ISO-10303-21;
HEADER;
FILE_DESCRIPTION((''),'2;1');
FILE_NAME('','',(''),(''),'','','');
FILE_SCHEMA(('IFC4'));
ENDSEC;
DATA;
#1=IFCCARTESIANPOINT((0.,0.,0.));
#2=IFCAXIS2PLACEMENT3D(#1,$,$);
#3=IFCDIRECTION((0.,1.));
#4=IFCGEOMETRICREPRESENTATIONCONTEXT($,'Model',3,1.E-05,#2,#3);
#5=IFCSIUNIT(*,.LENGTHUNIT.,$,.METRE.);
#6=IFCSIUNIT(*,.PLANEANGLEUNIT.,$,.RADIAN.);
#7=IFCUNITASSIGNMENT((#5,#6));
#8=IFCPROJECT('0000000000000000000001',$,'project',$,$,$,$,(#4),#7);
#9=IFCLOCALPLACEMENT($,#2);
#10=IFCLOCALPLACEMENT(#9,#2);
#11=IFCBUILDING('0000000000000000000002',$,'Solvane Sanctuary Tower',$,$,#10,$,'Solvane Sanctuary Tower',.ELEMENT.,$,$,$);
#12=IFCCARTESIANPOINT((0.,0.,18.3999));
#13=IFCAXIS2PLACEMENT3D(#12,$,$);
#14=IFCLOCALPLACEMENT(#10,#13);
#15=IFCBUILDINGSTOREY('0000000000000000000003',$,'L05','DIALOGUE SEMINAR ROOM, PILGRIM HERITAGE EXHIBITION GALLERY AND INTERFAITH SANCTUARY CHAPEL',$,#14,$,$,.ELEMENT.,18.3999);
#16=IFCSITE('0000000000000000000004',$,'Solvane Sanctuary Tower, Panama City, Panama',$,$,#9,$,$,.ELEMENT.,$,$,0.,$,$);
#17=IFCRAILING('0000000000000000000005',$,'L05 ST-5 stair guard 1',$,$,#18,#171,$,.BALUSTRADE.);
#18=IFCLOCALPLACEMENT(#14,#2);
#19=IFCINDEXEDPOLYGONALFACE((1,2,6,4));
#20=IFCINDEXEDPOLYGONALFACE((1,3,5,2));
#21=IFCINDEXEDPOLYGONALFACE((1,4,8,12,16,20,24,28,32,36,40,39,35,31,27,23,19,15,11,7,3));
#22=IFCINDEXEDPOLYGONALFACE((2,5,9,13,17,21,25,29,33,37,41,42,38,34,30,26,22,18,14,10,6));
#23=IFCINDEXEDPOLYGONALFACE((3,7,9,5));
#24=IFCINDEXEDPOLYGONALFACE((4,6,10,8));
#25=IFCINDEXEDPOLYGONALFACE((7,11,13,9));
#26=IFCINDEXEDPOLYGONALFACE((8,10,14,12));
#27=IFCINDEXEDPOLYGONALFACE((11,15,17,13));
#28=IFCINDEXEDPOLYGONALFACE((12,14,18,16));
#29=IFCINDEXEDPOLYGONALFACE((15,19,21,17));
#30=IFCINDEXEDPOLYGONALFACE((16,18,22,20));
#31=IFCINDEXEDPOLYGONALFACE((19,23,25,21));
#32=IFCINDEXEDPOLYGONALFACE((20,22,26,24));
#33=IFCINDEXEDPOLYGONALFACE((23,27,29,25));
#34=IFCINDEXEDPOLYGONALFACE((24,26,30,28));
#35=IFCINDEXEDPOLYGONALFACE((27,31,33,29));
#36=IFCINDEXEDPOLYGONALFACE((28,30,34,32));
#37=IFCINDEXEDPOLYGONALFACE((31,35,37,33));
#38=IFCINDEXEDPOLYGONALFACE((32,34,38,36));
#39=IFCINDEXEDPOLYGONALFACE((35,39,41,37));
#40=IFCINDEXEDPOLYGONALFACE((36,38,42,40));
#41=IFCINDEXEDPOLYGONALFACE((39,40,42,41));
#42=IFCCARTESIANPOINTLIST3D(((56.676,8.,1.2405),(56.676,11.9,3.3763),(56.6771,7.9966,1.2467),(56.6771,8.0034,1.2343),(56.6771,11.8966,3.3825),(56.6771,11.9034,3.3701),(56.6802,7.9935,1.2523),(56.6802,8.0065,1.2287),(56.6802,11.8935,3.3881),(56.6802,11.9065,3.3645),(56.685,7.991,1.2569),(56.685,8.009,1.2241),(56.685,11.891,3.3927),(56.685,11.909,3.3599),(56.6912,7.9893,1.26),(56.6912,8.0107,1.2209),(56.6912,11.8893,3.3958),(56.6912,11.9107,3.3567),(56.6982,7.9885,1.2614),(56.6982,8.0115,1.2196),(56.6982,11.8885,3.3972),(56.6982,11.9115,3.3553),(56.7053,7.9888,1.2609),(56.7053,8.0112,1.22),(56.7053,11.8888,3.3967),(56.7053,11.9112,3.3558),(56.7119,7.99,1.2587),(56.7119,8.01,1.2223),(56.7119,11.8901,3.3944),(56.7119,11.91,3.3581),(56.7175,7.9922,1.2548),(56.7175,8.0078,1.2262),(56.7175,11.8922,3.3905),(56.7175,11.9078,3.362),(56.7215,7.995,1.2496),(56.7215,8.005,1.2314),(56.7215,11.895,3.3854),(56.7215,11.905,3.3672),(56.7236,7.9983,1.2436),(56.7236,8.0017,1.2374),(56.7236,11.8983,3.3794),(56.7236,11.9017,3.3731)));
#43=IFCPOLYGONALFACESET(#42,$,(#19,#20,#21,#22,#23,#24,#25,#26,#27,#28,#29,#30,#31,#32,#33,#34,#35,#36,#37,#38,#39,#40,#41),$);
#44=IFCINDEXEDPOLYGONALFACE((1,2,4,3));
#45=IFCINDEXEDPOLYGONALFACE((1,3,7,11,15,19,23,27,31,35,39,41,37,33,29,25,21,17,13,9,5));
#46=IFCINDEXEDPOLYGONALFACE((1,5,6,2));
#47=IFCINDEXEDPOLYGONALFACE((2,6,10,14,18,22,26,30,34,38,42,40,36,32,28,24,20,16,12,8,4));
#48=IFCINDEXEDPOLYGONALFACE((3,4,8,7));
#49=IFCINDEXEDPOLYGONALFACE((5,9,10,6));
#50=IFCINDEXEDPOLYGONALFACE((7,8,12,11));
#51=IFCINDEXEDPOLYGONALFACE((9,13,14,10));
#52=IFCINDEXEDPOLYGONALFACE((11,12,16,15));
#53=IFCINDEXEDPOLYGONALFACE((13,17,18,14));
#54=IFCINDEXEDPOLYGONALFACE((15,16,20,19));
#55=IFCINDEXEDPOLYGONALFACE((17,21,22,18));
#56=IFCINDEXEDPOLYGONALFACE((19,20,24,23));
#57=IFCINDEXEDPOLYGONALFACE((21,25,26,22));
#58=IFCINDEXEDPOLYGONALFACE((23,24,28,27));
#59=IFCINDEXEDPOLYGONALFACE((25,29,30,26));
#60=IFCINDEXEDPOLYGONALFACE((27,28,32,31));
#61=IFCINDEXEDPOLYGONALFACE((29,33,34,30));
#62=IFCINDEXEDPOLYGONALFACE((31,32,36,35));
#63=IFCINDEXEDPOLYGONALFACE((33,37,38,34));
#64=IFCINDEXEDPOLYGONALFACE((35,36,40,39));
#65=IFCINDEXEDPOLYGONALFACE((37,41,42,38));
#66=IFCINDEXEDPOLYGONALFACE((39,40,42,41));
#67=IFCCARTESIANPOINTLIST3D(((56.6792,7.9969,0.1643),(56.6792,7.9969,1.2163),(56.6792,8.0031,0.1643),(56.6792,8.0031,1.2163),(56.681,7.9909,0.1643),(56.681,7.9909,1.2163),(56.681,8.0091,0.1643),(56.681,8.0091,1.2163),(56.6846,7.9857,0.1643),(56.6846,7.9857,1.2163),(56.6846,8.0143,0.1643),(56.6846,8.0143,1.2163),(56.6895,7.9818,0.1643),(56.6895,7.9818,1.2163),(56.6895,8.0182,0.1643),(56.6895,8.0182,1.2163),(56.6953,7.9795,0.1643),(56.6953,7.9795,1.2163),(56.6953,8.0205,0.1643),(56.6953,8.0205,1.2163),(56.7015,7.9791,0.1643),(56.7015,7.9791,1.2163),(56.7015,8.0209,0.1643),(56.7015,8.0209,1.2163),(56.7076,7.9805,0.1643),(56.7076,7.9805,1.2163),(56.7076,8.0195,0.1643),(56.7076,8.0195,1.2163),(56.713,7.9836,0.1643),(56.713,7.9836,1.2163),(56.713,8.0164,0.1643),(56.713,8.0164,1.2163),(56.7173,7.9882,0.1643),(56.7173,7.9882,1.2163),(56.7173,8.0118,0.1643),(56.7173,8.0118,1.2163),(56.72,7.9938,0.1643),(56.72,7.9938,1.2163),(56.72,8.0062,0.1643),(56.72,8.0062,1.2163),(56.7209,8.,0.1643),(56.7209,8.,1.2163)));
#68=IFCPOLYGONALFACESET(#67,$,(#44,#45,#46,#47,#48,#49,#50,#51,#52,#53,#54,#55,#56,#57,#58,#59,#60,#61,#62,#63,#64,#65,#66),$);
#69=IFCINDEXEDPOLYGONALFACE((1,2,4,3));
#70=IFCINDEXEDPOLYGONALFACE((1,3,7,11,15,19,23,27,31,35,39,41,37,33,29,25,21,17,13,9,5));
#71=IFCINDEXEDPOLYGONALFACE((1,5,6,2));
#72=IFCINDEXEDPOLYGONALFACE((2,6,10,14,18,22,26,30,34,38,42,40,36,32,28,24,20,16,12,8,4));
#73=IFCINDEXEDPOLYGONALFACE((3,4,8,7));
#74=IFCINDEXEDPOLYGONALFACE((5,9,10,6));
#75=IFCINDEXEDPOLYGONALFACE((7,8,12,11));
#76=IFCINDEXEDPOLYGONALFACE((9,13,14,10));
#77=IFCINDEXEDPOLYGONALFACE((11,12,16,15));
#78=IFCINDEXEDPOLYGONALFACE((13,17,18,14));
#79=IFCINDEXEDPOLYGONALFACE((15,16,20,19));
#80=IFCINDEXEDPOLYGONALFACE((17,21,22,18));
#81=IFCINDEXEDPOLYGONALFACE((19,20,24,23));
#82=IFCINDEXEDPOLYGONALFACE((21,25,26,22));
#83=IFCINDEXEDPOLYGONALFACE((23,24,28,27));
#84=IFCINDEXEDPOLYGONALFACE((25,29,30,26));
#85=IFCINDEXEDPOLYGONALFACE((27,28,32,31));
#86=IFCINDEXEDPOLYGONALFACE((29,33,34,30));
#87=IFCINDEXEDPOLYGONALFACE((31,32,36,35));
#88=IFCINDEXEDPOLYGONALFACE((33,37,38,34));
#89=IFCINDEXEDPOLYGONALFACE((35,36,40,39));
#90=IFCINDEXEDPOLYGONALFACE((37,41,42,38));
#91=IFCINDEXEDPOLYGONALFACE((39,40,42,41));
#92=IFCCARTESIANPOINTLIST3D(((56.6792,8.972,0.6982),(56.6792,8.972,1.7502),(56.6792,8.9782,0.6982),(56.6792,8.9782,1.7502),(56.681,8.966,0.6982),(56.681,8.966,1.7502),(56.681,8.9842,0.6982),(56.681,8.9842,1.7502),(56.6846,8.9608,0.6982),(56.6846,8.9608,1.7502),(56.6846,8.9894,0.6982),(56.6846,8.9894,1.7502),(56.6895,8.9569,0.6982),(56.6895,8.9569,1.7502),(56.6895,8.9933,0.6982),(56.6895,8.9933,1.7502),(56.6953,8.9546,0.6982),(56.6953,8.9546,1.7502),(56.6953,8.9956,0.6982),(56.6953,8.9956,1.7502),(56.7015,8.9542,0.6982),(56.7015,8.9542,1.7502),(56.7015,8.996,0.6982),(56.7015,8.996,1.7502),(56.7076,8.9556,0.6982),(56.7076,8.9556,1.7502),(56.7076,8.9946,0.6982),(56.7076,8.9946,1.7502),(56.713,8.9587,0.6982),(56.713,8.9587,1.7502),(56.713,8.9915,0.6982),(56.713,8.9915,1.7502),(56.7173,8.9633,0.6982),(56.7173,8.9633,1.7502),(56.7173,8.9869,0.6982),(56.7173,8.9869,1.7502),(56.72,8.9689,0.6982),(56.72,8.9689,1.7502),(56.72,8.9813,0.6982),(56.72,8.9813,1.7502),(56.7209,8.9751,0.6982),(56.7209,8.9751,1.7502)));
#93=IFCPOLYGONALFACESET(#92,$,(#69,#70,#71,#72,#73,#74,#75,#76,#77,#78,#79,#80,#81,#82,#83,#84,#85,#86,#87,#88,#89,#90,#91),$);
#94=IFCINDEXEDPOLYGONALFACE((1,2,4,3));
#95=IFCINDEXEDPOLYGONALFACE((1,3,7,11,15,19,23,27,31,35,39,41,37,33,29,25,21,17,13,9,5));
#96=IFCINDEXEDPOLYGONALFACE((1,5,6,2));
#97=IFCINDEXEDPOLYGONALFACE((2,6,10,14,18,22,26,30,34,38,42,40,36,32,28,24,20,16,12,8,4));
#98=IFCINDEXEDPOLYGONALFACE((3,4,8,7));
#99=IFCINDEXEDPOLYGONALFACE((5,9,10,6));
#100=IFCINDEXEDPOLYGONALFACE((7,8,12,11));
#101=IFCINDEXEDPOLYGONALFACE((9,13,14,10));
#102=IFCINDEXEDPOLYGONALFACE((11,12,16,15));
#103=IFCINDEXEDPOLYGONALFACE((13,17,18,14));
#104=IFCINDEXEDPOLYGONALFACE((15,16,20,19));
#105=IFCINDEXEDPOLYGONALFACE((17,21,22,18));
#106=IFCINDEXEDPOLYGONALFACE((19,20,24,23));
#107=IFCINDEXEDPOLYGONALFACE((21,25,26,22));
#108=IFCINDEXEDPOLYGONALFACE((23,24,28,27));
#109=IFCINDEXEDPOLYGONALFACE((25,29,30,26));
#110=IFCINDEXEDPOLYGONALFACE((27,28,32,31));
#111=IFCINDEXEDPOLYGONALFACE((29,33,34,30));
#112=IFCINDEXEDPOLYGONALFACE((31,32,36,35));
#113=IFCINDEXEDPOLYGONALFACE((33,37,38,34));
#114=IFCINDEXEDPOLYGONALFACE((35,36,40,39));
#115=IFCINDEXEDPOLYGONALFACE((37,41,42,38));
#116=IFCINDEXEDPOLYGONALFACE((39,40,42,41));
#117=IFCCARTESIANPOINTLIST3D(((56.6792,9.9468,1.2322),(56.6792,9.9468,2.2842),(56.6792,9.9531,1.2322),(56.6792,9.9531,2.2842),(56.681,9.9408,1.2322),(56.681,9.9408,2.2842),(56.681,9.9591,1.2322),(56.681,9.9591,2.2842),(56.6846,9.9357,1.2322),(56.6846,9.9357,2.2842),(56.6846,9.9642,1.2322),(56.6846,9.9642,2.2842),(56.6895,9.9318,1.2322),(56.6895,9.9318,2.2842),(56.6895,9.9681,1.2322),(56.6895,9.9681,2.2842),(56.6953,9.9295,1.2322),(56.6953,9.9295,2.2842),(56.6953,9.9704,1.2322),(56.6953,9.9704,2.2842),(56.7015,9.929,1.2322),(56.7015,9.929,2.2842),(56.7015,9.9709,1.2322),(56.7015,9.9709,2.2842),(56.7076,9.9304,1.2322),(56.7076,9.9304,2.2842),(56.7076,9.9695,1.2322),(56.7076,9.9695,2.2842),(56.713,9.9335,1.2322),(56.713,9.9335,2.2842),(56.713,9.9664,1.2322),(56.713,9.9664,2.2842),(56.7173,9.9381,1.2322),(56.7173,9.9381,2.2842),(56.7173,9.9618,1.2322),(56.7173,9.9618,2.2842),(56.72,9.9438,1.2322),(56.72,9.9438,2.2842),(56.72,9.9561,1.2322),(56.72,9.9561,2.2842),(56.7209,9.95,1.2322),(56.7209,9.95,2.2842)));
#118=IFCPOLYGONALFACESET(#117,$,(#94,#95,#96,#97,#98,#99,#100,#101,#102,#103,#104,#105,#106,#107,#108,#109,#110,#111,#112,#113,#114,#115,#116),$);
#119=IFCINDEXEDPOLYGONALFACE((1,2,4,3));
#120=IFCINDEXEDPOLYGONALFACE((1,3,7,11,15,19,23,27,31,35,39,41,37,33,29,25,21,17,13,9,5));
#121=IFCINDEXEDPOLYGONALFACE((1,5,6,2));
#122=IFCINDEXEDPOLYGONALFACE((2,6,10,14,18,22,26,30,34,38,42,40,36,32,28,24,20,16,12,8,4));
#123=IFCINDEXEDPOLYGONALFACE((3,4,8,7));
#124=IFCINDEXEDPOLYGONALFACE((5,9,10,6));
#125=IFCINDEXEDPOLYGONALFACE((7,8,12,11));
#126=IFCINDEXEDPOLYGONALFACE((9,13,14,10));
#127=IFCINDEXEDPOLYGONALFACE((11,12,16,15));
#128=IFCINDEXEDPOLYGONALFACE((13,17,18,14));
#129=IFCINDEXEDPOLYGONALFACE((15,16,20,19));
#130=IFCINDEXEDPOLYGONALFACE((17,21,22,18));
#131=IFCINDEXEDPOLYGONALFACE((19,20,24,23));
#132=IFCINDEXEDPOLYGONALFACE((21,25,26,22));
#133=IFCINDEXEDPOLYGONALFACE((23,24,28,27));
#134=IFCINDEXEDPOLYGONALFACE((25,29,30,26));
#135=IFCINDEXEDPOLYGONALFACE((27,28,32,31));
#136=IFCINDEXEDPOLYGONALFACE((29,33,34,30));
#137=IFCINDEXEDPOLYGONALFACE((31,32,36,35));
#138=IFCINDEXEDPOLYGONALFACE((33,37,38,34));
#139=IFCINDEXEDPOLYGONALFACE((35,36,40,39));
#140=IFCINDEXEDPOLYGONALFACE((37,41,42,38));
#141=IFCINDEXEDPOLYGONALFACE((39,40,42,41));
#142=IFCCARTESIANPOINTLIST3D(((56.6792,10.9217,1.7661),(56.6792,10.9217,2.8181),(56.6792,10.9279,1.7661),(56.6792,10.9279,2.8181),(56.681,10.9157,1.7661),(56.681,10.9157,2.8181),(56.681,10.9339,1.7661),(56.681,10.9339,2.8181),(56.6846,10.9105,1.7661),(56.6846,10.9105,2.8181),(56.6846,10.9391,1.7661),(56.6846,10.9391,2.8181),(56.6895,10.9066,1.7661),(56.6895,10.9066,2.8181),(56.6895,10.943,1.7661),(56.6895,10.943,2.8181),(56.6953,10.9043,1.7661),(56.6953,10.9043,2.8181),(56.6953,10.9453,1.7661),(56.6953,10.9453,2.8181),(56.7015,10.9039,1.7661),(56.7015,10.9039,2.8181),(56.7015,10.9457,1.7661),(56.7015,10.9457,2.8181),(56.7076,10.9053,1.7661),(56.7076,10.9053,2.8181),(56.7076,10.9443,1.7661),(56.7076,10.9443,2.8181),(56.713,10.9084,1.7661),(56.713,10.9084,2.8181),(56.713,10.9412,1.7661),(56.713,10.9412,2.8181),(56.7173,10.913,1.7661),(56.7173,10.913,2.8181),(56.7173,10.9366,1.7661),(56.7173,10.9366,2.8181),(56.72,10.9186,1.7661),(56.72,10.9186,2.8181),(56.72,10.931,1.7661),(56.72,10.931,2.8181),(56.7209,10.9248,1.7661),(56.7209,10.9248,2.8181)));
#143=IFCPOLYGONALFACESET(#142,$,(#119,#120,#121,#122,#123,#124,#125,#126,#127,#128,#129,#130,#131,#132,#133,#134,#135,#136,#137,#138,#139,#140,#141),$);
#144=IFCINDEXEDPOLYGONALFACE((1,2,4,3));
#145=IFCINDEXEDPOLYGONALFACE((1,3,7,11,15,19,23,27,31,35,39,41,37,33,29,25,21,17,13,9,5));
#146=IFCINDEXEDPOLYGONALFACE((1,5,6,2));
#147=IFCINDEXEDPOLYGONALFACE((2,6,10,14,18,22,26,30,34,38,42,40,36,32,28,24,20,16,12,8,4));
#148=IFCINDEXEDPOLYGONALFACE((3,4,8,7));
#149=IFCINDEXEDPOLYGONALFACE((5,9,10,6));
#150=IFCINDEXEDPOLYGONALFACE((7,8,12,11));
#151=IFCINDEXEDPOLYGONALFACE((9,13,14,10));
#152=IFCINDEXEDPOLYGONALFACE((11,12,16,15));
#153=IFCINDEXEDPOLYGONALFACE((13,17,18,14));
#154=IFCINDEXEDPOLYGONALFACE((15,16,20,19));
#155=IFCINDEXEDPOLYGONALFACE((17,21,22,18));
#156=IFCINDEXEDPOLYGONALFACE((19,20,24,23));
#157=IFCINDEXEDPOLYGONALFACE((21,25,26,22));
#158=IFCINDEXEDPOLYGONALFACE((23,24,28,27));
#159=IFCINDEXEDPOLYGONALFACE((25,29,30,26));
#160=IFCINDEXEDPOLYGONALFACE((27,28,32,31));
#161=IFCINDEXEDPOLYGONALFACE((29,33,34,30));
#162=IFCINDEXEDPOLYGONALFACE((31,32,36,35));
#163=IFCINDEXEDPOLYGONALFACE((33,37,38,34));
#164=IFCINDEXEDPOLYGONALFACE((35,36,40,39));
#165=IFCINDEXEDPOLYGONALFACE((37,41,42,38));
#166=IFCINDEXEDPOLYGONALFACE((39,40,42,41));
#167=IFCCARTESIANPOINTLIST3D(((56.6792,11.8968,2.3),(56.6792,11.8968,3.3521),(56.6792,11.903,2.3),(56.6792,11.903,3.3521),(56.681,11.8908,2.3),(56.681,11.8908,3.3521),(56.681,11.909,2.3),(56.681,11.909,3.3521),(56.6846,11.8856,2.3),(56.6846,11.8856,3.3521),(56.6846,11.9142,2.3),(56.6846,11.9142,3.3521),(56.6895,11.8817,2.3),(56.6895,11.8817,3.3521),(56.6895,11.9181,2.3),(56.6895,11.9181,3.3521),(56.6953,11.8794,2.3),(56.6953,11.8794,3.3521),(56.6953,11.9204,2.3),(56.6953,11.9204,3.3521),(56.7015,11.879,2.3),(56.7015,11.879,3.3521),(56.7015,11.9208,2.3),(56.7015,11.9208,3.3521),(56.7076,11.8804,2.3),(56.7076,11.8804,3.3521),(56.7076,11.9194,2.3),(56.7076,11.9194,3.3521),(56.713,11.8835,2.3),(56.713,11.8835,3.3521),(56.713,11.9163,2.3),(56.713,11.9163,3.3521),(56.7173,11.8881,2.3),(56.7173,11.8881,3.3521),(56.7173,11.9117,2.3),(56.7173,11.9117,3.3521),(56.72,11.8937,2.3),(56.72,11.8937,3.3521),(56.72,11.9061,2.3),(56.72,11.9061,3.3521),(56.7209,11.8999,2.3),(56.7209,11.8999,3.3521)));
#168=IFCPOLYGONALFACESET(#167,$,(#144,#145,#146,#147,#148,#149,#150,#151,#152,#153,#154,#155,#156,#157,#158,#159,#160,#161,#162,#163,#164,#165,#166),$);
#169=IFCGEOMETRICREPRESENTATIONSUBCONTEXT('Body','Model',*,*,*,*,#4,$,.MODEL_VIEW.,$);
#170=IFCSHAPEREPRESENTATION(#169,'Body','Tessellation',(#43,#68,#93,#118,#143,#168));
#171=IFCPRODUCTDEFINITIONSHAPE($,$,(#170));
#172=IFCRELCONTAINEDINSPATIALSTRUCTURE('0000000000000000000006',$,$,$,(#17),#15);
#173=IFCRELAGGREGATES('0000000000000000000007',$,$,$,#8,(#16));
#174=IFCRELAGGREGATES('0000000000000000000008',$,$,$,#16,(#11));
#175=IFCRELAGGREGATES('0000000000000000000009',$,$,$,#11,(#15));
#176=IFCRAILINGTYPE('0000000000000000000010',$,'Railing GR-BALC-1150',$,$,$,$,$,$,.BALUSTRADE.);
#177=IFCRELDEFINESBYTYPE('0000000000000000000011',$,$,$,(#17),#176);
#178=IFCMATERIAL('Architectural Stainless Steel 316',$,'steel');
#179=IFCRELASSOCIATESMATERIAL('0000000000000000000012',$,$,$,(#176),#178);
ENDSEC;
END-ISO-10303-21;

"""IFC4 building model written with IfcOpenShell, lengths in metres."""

from ifc_helpers import new_model, si_unit, direction, frame, origin, origin_2d, place, context, subcontext, project, spatial, circle, extrude, material, type_object, element, save


model = new_model("IFC4")

# Units and contexts
model_context = context("Model", 3, precision=1e-05, world=origin(), true_north=direction((0.0, 1.0)))
body_context = subcontext(model_context, "Body", "Model", "MODEL_VIEW")
ifc_project = project(units=[si_unit("LENGTHUNIT", "METRE"), si_unit("PLANEANGLEUNIT", "RADIAN")], contexts=[model_context])

# Site, building, storey
site_placement = place(None, origin())
site = spatial("IfcSite", under=ifc_project, at=site_placement, Name="Solvane Sanctuary Tower, Panama City, Panama", CompositionType="ELEMENT", RefElevation=0.0)
building_placement = place(site_placement, origin())
building = spatial("IfcBuilding", under=site, at=building_placement, Name="Solvane Sanctuary Tower", LongName="Solvane Sanctuary Tower", CompositionType="ELEMENT")
storey_placement = place(building_placement, frame((0.0, 0.0, 18.3999)))
storey = spatial("IfcBuildingStorey", under=building, at=storey_placement, Name="L05", Description="DIALOGUE SEMINAR ROOM, PILGRIM HERITAGE EXHIBITION GALLERY AND INTERFAITH SANCTUARY CHAPEL", CompositionType="ELEMENT", Elevation=18.3999)

# Shared definitions
ifc_material_1 = material(Name="Architectural Stainless Steel 316", Category="steel")

# Railing
railing_type_1 = type_object("IfcRailingType", Name="Railing GR-BALC-1150", PredefinedType="BALUSTRADE", material=ifc_material_1)
railing_1_placement = place(storey_placement, frame((56.7, 8.0, 0.1643)))
element("IfcRailing", 1, at=railing_1_placement, inside=storey, type_object=railing_type_1, Name="L05 ST-5 stair guard 1", PredefinedType="BALUSTRADE", context=body_context, shape_type="SweptSolid", body=[
    extrude(circle(Radius=0.0239, at=origin_2d()), frame((0.0, 0.0, 1.0762), z_axis=(0.0, 0.877089, 0.480329), x_axis=(-1.0, 0.0, 0.0)), (0.0, 0.0, 1.0), 4.4465),
    extrude(circle(Radius=0.021, at=origin_2d()), origin(), (0.0, 0.0, 1.0), 1.052),
    extrude(circle(Radius=0.021, at=origin_2d()), frame((0.0, 0.9751, 0.5339)), (0.0, 0.0, 1.0), 1.052),
    extrude(circle(Radius=0.021, at=origin_2d()), frame((0.0, 1.95, 1.0679)), (0.0, 0.0, 1.0), 1.052),
    extrude(circle(Radius=0.021, at=origin_2d()), frame((0.0, 2.9248, 1.6018)), (0.0, 0.0, 1.0), 1.052),
    extrude(circle(Radius=0.021, at=origin_2d()), frame((0.0, 3.8999, 2.1357)), (0.0, 0.0, 1.0), 1.052),
])

save(model, "model.ifc")
